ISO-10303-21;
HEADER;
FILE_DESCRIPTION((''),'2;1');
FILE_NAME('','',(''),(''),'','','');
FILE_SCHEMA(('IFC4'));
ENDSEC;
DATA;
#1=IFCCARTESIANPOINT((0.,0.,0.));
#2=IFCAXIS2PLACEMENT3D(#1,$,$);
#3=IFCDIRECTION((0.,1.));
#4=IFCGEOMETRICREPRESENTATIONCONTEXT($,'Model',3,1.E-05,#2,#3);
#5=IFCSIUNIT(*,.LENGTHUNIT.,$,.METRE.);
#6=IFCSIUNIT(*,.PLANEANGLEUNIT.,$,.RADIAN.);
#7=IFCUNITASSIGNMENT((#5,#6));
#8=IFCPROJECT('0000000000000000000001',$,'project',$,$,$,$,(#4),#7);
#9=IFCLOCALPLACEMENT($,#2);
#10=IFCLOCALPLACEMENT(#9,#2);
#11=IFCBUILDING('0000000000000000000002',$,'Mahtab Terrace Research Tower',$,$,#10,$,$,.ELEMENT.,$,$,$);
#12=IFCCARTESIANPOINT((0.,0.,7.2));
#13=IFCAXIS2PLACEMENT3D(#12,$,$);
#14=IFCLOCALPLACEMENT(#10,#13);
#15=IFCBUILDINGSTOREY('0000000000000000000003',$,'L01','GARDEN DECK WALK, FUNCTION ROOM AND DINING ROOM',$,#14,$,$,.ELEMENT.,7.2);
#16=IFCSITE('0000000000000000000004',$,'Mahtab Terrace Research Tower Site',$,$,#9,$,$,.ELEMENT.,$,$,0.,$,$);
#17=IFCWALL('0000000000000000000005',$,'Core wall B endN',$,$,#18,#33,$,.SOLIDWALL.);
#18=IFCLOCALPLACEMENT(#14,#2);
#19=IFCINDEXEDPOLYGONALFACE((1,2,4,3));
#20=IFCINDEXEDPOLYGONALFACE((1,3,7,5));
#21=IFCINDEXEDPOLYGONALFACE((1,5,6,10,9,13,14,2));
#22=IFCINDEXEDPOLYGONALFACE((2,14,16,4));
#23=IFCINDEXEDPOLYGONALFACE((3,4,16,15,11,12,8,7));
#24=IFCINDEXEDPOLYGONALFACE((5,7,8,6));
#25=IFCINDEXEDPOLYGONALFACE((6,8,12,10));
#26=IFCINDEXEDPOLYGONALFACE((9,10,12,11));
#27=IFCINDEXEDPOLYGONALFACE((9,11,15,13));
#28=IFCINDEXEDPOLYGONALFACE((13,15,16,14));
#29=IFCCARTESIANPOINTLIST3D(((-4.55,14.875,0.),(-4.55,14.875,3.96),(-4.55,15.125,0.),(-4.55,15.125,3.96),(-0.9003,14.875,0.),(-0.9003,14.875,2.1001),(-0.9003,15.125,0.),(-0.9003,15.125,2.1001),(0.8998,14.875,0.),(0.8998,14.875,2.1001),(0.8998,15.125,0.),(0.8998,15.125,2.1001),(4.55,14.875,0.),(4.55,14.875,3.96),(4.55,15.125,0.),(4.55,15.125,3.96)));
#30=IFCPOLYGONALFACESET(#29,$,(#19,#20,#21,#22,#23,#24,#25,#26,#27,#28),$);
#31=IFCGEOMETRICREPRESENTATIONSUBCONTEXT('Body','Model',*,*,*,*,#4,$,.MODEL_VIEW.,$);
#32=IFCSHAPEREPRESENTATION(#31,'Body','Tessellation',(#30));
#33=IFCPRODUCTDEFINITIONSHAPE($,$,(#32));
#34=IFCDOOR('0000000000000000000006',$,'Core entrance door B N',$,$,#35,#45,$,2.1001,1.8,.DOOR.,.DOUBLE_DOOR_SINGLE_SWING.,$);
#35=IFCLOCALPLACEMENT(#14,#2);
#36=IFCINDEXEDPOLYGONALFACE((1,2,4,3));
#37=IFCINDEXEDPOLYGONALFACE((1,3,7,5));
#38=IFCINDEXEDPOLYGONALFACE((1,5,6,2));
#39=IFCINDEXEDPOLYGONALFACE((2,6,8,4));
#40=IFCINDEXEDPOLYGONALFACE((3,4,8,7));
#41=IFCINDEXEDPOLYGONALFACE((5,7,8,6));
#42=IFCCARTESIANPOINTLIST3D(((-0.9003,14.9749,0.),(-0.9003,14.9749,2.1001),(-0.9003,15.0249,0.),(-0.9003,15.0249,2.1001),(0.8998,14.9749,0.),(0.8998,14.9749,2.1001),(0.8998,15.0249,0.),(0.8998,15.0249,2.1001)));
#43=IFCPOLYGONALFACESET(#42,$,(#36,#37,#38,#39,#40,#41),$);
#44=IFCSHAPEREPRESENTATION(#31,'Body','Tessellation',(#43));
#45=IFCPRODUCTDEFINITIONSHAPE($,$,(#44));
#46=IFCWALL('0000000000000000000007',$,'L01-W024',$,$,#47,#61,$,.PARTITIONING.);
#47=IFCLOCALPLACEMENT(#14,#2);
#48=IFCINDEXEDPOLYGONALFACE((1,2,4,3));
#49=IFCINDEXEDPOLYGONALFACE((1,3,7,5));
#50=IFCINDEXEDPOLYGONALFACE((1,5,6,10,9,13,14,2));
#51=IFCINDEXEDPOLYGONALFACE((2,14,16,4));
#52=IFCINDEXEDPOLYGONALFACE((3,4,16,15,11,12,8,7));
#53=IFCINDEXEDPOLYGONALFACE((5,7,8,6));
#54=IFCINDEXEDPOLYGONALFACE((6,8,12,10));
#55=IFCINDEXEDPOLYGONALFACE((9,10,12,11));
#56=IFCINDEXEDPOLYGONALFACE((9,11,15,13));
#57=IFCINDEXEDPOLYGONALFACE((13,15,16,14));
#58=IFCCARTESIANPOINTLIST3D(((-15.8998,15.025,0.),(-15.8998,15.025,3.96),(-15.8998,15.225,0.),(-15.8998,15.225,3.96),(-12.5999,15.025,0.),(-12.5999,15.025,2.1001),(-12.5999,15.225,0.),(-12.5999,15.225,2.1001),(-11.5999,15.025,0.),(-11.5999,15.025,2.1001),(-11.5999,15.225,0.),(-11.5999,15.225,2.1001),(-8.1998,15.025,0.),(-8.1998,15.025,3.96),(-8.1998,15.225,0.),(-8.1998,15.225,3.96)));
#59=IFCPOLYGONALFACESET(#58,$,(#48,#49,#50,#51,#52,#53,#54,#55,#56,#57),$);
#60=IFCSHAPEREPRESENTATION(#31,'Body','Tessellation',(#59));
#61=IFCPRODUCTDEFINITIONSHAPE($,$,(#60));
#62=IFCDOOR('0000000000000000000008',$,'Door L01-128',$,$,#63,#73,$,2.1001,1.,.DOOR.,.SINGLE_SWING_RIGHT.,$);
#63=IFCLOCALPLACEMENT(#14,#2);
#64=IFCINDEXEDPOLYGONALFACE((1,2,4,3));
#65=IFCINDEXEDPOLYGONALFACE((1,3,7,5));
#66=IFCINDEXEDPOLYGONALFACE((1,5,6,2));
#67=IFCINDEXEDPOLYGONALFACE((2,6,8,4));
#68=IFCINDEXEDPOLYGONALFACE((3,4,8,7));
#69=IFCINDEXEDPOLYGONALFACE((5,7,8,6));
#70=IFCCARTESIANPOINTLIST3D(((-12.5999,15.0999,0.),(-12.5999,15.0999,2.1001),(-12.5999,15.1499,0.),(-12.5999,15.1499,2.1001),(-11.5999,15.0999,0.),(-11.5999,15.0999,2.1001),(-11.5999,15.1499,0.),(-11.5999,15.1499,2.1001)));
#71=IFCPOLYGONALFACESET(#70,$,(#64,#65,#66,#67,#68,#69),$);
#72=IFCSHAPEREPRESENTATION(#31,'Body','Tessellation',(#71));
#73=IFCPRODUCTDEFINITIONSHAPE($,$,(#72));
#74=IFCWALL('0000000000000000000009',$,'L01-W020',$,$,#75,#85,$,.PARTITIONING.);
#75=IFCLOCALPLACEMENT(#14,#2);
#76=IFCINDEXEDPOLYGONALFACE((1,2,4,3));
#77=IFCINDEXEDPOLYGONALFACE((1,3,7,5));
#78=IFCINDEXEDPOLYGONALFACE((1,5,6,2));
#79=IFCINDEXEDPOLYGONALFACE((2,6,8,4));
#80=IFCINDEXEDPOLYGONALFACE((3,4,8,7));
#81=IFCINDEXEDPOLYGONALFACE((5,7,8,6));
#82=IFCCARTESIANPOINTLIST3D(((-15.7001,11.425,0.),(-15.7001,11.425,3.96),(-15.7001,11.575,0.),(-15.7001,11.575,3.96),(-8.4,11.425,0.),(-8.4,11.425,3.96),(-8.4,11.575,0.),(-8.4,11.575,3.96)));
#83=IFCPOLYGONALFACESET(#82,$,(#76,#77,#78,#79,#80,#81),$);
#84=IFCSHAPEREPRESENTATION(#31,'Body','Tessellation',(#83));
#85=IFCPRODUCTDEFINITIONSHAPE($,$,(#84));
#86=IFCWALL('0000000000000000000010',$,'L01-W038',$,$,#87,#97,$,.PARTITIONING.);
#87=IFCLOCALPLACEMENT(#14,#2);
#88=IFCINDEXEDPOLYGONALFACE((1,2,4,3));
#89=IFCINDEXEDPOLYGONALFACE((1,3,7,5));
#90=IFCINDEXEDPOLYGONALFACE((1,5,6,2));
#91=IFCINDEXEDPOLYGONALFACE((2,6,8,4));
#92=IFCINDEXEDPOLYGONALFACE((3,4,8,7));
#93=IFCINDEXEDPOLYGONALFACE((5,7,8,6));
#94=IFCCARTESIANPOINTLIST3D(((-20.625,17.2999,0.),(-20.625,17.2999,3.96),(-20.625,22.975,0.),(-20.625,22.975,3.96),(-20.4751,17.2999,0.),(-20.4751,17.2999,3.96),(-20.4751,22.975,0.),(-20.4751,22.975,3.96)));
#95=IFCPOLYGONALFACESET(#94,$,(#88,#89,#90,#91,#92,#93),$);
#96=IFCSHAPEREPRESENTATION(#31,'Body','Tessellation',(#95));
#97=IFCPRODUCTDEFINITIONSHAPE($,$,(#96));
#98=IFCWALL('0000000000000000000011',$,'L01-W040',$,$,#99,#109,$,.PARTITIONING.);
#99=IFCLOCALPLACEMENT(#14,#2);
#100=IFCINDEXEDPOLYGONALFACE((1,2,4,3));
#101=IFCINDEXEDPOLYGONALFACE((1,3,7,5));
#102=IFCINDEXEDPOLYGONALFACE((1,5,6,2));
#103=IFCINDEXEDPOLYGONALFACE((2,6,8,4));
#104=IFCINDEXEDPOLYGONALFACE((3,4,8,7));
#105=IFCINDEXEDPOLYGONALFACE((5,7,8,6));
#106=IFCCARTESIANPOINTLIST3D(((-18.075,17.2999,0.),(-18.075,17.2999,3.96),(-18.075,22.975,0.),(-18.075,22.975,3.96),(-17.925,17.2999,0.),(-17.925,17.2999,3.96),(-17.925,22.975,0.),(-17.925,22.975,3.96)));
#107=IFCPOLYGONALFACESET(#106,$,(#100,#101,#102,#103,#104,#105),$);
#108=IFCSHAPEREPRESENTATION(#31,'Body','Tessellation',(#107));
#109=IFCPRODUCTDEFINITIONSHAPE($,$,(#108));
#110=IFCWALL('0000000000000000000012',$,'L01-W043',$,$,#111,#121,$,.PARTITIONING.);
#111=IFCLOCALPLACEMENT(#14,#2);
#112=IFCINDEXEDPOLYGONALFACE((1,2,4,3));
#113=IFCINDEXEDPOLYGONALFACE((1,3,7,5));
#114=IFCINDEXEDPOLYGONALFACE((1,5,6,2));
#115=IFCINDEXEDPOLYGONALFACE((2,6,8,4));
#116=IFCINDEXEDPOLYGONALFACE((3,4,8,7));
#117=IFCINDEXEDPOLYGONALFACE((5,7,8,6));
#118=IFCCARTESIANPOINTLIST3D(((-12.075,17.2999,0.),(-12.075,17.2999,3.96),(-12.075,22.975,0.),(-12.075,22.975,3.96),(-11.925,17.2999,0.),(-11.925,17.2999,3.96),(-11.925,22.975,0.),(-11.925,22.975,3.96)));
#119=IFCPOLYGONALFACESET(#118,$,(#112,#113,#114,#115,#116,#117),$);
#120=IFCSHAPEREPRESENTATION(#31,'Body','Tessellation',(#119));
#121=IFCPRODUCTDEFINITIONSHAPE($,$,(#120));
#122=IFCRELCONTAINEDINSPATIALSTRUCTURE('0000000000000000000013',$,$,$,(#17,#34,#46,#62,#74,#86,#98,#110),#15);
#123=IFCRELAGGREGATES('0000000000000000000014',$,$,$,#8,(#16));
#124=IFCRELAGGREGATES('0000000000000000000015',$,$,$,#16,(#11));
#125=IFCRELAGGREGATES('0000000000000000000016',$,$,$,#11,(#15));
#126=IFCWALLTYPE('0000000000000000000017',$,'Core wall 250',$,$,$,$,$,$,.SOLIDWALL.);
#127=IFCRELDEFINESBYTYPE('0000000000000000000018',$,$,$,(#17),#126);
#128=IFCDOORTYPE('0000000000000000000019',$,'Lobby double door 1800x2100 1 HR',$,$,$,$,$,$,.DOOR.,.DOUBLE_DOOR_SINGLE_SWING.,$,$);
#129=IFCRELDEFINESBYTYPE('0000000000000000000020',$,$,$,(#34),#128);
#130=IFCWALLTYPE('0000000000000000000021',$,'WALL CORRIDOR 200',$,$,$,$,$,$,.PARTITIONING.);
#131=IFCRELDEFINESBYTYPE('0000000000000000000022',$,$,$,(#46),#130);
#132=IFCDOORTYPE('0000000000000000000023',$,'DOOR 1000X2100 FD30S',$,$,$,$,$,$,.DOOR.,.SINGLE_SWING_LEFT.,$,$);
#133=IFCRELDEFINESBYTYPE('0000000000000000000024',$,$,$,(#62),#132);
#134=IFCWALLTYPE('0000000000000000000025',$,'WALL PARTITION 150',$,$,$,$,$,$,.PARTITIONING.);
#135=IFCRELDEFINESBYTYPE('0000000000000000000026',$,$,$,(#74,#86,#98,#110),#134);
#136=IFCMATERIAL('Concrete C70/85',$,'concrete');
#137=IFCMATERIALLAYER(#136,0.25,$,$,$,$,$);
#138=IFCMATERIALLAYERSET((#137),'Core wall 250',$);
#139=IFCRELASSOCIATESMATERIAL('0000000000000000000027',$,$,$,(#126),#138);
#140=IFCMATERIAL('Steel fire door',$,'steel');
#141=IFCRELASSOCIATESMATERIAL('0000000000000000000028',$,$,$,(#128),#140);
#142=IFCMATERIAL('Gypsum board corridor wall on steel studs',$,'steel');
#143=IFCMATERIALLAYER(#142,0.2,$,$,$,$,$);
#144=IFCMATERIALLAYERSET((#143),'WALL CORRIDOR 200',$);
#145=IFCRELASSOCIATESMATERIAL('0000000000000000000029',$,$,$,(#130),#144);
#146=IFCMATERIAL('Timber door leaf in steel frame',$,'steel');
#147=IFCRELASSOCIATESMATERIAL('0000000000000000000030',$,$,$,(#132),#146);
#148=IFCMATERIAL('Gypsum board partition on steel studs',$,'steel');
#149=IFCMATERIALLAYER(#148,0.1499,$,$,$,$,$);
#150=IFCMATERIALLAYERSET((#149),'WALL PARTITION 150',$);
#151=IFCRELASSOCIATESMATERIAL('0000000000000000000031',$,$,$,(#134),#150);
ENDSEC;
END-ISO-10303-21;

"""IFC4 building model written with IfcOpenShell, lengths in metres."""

from ifc_helpers import new_model, si_unit, direction, frame, frame_2d, origin, place, context, subcontext, project, spatial, rectangle, extrude, material, layer, layer_set, type_object, element, fill, save


model = new_model("IFC4")

# Units and contexts
model_context = context("Model", 3, precision=1e-05, world=origin(), true_north=direction((0.0, 1.0)))
body_context = subcontext(model_context, "Body", "Model", "MODEL_VIEW")
ifc_project = project(units=[si_unit("LENGTHUNIT", "METRE"), si_unit("PLANEANGLEUNIT", "RADIAN")], contexts=[model_context])

# Site, building, storey
site_placement = place(None, origin())
site = spatial("IfcSite", under=ifc_project, at=site_placement, Name="Mahtab Terrace Research Tower Site", CompositionType="ELEMENT", RefElevation=0.0)
building_placement = place(site_placement, origin())
building = spatial("IfcBuilding", under=site, at=building_placement, Name="Mahtab Terrace Research Tower", CompositionType="ELEMENT")
storey_placement = place(building_placement, frame((0.0, 0.0, 7.2)))
storey = spatial("IfcBuildingStorey", under=building, at=storey_placement, Name="L01", Description="GARDEN DECK WALK, FUNCTION ROOM AND DINING ROOM", CompositionType="ELEMENT", Elevation=7.2)

# Shared definitions
ifc_material_1 = material(Name="Concrete C70/85", Category="concrete")

# Shared definitions
ifc_layer_1 = layer(ifc_material_1, 0.25)
ifc_layer_set_1 = layer_set([ifc_layer_1], Name="Core wall 250")
wall_type_1 = type_object("IfcWallType", Name="Core wall 250", PredefinedType="SOLIDWALL", material=ifc_layer_set_1)
ifc_material_2 = material(Name="Steel fire door", Category="steel")

# Walls, openings, doors
wall_1_placement = place(storey_placement, frame((-4.55, 15.0, 0.0), z_axis=(0.0, 0.0, 1.0), x_axis=(1.0, 0.0, 0.0)))
wall_1 = element("IfcWall", 1, at=wall_1_placement, inside=storey, type_object=wall_type_1, Name="Core wall B endN", PredefinedType="SOLIDWALL", context=body_context, shape_type="SweptSolid", body=[
    extrude(rectangle(XDim=9.1001, YDim=0.25, at=frame_2d((4.55, 0.0))), origin(), (0.0, 0.0, 1.0), 3.96),
])
opening_1_placement = place(wall_1_placement, frame((3.6499, 0.0, 0.0)))
opening_1 = element("IfcOpeningElement", 2, at=opening_1_placement, cuts=wall_1, PredefinedType="OPENING", context=body_context, shape_type="SweptSolid", body=[
    extrude(rectangle(XDim=1.8, YDim=2.1001, at=frame_2d((0.8999, 1.05))), frame((0.0, 0.135, 0.0), z_axis=(0.0, -1.0, 0.0), x_axis=(1.0, 0.0, 0.0)), (0.0, 0.0, 1.0), 0.27),
])
door_type_1 = type_object("IfcDoorType", Name="Lobby double door 1800x2100 1 HR", OperationType="DOUBLE_DOOR_SINGLE_SWING", PredefinedType="DOOR", material=ifc_material_2)
door_1_placement = place(opening_1_placement, origin())
door_1 = element("IfcDoor", 3, at=door_1_placement, inside=storey, type_object=door_type_1, Name="Core entrance door B N", OperationType="DOUBLE_DOOR_SINGLE_SWING", OverallHeight=2.1001, OverallWidth=1.8, PredefinedType="DOOR", context=body_context, shape_type="SweptSolid", body=[
    extrude(rectangle(XDim=1.8, YDim=2.1001, at=frame_2d((0.8999, 1.05))), frame((0.0, 0.0249, 0.0), z_axis=(0.0, -1.0, 0.0), x_axis=(1.0, 0.0, 0.0)), (0.0, 0.0, 1.0), 0.05),
])
fill(opening_1, door_1)
ifc_material_3 = material(Name="Gypsum board corridor wall on steel studs", Category="steel")
ifc_layer_2 = layer(ifc_material_3, 0.2)
ifc_layer_set_2 = layer_set([ifc_layer_2], Name="WALL CORRIDOR 200")
wall_type_2 = type_object("IfcWallType", Name="WALL CORRIDOR 200", PredefinedType="PARTITIONING", material=ifc_layer_set_2)
wall_2_placement = place(storey_placement, frame((-15.8999, 15.125, 0.0), z_axis=(0.0, 0.0, 1.0), x_axis=(1.0, 0.0, 0.0)))
wall_2 = element("IfcWall", 4, at=wall_2_placement, inside=storey, type_object=wall_type_2, Name="L01-W024", PredefinedType="PARTITIONING", context=body_context, shape_type="SweptSolid", body=[
    extrude(rectangle(XDim=7.7, YDim=0.2, at=frame_2d((3.8501, 0.0))), origin(), (0.0, 0.0, 1.0), 3.96),
])
opening_2_placement = place(wall_2_placement, frame((3.3, 0.0, 0.0)))
opening_2 = element("IfcOpeningElement", 5, at=opening_2_placement, cuts=wall_2, PredefinedType="OPENING", context=body_context, shape_type="SweptSolid", body=[
    extrude(rectangle(XDim=1.0, YDim=2.1001, at=frame_2d((0.5, 1.05))), frame((0.0, 0.1099, 0.0), z_axis=(0.0, -1.0, 0.0), x_axis=(1.0, 0.0, 0.0)), (0.0, 0.0, 1.0), 0.22),
])
ifc_material_4 = material(Name="Timber door leaf in steel frame", Category="steel")
door_type_2 = type_object("IfcDoorType", Name="DOOR 1000X2100 FD30S", OperationType="SINGLE_SWING_LEFT", PredefinedType="DOOR", material=ifc_material_4)
door_2_placement = place(opening_2_placement, origin())
door_2 = element("IfcDoor", 6, at=door_2_placement, inside=storey, type_object=door_type_2, Name="Door L01-128", OperationType="SINGLE_SWING_RIGHT", OverallHeight=2.1001, OverallWidth=1.0, PredefinedType="DOOR", context=body_context, shape_type="SweptSolid", body=[
    extrude(rectangle(XDim=1.0, YDim=2.1001, at=frame_2d((0.5, 1.05))), frame((0.0, 0.0249, 0.0), z_axis=(0.0, -1.0, 0.0), x_axis=(1.0, 0.0, 0.0)), (0.0, 0.0, 1.0), 0.05),
])
fill(opening_2, door_2)

# Walls
ifc_material_5 = material(Name="Gypsum board partition on steel studs", Category="steel")
ifc_layer_3 = layer(ifc_material_5, 0.1499)
ifc_layer_set_3 = layer_set([ifc_layer_3], Name="WALL PARTITION 150")
wall_type_3 = type_object("IfcWallType", Name="WALL PARTITION 150", PredefinedType="PARTITIONING", material=ifc_layer_set_3)
wall_3_placement = place(storey_placement, frame((-15.7, 11.5, 0.0), z_axis=(0.0, 0.0, 1.0), x_axis=(1.0, 0.0, 0.0)))
element("IfcWall", 7, at=wall_3_placement, inside=storey, type_object=wall_type_3, Name="L01-W020", PredefinedType="PARTITIONING", context=body_context, shape_type="SweptSolid", body=[
    extrude(rectangle(XDim=7.3, YDim=0.1499, at=frame_2d((3.6499, 0.0))), origin(), (0.0, 0.0, 1.0), 3.96),
])
for number, where, z_axis, x_axis, name in (
    (8, (-20.55, 17.3, 0.0), (0.0, 0.0, 1.0), (0.0, 1.0, 0.0), "L01-W038"),
    (9, (-18.0, 17.3, 0.0), (0.0, 0.0, 1.0), (0.0, 1.0, 0.0), "L01-W040"),
    (10, (-12.0, 17.3, 0.0), (0.0, 0.0, 1.0), (0.0, 1.0, 0.0), "L01-W043"),
):
    element("IfcWall", number, at=place(storey_placement, frame(where, z_axis=z_axis, x_axis=x_axis)), inside=storey, type_object=wall_type_3, Name=name, PredefinedType="PARTITIONING", context=body_context, shape_type="SweptSolid", body=[
        extrude(rectangle(XDim=5.675, YDim=0.1499, at=frame_2d((2.8374, 0.0))), origin(), (0.0, 0.0, 1.0), 3.96),
    ])

save(model, "model.ifc")
